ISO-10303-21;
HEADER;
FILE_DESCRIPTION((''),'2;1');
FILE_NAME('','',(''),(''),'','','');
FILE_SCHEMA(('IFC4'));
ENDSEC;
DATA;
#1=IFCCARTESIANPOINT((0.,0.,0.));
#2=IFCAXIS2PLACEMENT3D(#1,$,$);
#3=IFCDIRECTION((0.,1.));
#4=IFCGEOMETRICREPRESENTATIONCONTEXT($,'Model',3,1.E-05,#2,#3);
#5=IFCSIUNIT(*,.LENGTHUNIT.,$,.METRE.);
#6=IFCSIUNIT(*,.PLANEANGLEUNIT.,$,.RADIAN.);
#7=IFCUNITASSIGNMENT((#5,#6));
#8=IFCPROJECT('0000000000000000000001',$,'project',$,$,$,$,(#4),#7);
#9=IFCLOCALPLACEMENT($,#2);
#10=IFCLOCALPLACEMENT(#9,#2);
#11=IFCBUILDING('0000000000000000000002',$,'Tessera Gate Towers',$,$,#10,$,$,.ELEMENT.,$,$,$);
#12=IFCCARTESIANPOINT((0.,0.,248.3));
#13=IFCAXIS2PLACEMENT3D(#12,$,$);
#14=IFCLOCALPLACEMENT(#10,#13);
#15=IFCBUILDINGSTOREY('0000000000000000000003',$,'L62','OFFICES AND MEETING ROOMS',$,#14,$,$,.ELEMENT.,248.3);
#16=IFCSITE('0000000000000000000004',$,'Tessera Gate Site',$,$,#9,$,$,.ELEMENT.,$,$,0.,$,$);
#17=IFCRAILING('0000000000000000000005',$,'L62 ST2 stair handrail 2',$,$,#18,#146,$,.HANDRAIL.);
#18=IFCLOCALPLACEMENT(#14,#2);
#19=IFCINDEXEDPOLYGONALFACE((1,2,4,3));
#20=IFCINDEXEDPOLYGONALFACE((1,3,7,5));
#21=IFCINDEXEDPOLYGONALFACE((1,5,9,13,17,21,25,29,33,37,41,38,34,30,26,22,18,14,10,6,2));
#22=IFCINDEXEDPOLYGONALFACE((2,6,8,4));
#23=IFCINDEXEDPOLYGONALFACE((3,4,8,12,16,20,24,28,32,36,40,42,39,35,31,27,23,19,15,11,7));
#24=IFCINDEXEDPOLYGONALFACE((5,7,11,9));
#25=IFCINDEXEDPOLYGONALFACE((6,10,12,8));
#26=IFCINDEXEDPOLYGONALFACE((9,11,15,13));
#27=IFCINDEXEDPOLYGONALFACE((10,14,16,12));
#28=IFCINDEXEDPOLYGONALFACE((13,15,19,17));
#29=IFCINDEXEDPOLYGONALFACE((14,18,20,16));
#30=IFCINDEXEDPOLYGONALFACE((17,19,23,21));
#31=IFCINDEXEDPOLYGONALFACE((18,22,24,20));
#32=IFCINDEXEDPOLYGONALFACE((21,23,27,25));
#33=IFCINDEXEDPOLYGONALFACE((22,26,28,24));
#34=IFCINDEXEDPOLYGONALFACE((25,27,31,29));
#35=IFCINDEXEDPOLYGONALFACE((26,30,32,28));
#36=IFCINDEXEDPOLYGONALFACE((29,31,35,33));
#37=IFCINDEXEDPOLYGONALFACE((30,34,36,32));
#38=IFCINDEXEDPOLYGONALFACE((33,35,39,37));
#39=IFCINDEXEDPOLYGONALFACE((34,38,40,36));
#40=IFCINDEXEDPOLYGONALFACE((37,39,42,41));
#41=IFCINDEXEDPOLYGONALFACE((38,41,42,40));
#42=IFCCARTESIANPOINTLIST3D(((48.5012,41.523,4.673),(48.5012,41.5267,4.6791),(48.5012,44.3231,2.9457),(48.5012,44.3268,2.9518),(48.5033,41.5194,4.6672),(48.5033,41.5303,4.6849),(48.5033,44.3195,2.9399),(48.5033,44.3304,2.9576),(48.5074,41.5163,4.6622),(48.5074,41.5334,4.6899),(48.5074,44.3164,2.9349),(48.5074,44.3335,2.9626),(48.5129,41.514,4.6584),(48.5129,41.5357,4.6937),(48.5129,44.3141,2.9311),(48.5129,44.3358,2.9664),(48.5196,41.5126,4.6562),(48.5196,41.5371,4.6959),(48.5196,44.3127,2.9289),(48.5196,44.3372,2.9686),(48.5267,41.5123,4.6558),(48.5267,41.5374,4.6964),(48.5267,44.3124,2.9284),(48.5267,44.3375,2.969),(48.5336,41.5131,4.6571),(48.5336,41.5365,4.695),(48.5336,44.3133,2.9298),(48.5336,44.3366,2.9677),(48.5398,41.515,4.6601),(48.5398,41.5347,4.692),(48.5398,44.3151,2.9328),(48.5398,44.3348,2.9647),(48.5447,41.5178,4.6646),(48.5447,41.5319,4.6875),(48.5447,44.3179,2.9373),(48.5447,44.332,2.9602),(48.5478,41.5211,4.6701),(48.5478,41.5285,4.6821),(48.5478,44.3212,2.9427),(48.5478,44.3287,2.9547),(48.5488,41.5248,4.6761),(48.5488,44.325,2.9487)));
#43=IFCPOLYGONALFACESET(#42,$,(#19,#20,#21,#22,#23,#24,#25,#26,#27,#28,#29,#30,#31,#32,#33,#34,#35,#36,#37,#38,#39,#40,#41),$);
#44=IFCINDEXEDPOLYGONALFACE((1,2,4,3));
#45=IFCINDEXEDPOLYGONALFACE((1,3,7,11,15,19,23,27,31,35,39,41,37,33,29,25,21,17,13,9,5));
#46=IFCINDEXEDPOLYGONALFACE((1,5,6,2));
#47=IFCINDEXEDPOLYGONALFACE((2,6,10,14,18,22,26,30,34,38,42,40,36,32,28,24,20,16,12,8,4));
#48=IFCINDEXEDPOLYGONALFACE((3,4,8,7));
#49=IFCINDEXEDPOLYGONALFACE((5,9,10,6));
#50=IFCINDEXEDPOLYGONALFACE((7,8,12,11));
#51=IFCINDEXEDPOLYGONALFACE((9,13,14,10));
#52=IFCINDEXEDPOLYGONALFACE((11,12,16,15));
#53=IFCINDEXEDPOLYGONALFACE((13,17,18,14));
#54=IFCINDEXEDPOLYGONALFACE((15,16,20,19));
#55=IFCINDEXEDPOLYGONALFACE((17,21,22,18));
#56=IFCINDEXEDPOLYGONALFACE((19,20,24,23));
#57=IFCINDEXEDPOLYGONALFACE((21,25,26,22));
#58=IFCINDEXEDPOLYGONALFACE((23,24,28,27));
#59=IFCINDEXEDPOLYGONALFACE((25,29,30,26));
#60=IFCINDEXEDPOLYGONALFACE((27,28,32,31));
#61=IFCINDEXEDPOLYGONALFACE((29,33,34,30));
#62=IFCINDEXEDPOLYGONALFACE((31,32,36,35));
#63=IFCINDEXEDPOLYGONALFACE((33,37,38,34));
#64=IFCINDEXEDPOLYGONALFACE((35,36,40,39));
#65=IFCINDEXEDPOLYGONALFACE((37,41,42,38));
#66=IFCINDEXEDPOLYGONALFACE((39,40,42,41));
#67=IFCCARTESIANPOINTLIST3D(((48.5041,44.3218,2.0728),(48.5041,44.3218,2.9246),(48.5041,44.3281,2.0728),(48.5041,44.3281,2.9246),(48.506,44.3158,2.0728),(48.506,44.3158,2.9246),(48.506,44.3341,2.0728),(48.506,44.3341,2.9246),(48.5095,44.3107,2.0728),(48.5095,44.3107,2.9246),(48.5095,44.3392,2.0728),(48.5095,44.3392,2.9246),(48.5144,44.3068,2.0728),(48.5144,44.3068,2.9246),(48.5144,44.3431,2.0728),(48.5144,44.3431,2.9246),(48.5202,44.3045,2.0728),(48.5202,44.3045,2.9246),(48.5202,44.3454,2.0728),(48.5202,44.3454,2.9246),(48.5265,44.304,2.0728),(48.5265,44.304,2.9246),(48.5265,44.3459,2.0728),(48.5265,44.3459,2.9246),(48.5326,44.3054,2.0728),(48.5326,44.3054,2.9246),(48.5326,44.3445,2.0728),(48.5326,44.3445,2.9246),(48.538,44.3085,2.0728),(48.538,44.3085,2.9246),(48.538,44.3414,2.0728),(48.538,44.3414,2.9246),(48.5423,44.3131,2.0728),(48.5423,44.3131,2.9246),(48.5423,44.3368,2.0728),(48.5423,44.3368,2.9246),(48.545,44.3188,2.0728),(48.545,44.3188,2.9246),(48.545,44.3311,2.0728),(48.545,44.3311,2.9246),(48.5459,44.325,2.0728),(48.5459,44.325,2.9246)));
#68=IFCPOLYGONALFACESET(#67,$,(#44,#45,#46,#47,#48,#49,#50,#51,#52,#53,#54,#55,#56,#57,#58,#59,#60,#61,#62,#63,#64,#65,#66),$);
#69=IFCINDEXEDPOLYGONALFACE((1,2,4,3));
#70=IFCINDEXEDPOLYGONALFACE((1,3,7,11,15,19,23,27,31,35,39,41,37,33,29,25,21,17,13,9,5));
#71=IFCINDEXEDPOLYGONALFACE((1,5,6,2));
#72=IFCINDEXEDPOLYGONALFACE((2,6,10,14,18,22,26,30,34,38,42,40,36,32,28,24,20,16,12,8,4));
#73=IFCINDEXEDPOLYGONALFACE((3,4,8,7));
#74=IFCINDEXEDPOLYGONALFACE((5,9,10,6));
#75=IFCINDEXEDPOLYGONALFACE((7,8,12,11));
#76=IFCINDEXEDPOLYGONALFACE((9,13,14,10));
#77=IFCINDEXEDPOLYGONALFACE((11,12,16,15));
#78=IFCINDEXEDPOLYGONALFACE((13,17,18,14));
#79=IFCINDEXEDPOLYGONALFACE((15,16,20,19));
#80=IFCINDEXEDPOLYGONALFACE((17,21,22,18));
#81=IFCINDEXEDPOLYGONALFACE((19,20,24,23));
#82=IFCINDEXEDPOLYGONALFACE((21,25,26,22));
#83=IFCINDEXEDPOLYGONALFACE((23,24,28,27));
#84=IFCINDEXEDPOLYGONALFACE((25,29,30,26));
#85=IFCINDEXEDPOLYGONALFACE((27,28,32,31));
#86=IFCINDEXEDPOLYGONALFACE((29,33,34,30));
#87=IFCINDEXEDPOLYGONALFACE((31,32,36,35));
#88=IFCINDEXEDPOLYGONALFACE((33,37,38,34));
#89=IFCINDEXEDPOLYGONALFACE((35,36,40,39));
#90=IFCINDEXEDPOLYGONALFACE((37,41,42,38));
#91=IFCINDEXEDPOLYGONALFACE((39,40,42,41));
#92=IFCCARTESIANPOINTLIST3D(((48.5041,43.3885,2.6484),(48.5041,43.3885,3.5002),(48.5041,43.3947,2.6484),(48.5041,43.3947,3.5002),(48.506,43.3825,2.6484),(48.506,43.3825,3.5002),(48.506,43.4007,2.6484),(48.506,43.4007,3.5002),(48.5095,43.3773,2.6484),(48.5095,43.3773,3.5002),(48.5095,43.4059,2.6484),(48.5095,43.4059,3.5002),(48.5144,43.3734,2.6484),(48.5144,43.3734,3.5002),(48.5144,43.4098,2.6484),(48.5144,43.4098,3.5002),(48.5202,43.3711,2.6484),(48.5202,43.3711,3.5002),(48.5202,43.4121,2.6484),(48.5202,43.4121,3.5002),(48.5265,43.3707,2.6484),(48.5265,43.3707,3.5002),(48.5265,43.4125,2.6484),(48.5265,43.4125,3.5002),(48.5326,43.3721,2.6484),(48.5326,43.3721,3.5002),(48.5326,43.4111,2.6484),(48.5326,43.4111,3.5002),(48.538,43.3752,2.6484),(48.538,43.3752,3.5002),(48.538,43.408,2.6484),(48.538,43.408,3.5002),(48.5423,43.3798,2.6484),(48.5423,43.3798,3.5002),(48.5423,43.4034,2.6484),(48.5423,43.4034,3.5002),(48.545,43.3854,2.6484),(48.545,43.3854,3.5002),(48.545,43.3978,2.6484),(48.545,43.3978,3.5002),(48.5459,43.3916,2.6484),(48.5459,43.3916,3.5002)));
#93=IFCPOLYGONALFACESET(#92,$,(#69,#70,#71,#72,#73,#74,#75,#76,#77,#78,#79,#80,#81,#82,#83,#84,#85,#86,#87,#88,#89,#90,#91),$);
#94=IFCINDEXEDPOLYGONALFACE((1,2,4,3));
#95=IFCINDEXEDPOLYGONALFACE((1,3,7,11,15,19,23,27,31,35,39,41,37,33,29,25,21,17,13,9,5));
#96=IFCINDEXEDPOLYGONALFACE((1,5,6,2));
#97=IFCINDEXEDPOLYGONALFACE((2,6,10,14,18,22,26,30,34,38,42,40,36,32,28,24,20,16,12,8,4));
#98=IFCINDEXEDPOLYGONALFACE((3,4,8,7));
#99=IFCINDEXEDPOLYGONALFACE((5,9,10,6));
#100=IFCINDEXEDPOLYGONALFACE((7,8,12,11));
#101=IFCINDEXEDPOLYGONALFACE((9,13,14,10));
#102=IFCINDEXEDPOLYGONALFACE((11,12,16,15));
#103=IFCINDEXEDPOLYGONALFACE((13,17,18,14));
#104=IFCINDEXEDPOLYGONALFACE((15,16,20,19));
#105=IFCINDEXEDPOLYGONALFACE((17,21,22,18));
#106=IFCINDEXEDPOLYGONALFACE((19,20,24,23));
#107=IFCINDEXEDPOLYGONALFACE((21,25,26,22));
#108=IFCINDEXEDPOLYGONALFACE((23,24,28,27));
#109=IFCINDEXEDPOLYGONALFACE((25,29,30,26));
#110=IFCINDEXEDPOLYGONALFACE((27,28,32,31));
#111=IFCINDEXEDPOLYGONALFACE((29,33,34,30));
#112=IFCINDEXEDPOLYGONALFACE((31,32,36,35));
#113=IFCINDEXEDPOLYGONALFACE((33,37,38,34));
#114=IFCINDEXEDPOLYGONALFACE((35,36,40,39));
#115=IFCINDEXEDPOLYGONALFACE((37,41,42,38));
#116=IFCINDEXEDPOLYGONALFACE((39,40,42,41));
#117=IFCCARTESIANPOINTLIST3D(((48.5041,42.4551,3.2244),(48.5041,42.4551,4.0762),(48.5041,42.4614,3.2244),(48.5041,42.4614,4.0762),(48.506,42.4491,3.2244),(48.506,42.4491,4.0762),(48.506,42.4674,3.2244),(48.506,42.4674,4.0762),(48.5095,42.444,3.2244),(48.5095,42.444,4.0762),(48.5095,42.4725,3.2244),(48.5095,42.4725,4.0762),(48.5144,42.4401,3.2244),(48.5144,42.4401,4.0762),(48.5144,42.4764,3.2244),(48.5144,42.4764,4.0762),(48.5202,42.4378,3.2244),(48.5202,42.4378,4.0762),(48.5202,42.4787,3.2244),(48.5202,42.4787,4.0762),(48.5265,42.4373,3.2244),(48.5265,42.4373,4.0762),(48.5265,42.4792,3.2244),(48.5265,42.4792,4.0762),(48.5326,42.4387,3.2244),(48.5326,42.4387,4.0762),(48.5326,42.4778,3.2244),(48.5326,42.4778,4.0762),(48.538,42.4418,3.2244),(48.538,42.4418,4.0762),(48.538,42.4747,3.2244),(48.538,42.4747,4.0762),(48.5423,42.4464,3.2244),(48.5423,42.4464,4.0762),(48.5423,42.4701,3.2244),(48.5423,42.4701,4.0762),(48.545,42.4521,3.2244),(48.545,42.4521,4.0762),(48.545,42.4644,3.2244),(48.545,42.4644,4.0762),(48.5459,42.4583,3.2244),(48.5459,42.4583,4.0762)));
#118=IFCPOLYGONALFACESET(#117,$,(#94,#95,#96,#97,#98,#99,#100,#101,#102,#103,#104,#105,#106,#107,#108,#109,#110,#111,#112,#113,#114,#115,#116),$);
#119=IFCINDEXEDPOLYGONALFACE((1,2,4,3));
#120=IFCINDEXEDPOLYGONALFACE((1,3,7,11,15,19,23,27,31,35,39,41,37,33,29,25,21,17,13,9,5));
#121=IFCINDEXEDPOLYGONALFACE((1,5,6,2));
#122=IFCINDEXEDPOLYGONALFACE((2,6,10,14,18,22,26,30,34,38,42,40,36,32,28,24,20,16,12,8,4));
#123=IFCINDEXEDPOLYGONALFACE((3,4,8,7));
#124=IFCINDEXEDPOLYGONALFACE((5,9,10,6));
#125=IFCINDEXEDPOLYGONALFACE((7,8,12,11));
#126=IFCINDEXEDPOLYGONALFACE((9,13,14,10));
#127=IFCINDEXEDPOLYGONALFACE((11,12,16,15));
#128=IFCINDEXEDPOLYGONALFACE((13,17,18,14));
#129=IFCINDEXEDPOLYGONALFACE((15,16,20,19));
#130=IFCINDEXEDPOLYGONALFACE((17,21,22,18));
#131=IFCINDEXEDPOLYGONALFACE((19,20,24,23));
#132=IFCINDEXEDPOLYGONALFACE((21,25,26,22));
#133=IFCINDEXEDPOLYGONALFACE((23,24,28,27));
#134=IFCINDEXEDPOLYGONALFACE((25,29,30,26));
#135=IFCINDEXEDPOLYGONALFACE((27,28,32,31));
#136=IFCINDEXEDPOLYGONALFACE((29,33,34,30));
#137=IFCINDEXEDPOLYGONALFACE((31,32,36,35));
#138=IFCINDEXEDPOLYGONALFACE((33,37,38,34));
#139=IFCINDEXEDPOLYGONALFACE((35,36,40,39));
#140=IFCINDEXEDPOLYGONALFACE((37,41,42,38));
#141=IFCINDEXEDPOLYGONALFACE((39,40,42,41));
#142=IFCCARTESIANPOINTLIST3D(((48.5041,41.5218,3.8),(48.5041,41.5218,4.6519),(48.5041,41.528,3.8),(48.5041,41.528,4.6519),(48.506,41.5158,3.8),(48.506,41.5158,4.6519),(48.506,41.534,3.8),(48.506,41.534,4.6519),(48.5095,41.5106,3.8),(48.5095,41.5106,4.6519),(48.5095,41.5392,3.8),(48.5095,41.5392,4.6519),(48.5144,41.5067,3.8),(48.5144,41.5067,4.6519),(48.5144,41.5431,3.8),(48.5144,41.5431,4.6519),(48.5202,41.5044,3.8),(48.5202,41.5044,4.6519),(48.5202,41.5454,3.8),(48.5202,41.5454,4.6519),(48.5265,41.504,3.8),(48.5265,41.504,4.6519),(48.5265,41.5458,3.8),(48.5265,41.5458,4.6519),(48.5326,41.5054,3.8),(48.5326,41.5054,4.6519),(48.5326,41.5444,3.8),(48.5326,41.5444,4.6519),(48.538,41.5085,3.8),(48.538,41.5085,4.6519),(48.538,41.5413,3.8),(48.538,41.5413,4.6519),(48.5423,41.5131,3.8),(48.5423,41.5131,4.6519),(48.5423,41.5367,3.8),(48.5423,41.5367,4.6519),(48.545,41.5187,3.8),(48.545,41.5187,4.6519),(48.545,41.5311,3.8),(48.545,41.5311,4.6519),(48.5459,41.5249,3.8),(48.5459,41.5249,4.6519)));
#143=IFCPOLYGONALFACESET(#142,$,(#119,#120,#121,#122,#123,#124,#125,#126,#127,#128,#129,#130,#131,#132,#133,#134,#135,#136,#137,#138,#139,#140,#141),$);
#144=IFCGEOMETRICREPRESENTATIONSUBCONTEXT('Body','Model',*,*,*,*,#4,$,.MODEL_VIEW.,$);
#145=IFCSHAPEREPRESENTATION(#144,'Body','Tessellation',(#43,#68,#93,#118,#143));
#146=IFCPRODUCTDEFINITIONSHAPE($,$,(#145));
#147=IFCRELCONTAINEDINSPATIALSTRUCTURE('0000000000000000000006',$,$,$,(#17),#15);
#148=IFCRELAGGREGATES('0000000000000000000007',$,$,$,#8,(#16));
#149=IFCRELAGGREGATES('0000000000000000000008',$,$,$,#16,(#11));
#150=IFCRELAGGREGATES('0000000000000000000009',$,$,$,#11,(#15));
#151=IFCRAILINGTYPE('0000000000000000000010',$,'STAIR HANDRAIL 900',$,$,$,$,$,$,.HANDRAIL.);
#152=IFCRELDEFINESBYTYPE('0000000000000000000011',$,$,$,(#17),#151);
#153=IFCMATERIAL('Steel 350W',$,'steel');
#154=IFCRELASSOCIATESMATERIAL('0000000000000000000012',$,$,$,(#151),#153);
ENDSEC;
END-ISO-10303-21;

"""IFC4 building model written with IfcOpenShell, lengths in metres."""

from ifc_helpers import new_model, si_unit, direction, frame, origin, origin_2d, place, context, subcontext, project, spatial, circle, extrude, material, type_object, element, save


model = new_model("IFC4")

# Units and contexts
model_context = context("Model", 3, precision=1e-05, world=origin(), true_north=direction((0.0, 1.0)))
body_context = subcontext(model_context, "Body", "Model", "MODEL_VIEW")
ifc_project = project(units=[si_unit("LENGTHUNIT", "METRE"), si_unit("PLANEANGLEUNIT", "RADIAN")], contexts=[model_context])

# Site, building, storey
site_placement = place(None, origin())
site = spatial("IfcSite", under=ifc_project, at=site_placement, Name="Tessera Gate Site", CompositionType="ELEMENT", RefElevation=0.0)
building_placement = place(site_placement, origin())
building = spatial("IfcBuilding", under=site, at=building_placement, Name="Tessera Gate Towers", CompositionType="ELEMENT")
storey_placement = place(building_placement, frame((0.0, 0.0, 248.3)))
storey = spatial("IfcBuildingStorey", under=building, at=storey_placement, Name="L62", Description="OFFICES AND MEETING ROOMS", CompositionType="ELEMENT", Elevation=248.3)

# Railing
ifc_material_1 = material(Name="Steel 350W", Category="steel")
railing_type_1 = type_object("IfcRailingType", Name="STAIR HANDRAIL 900", PredefinedType="HANDRAIL", material=ifc_material_1)
railing_1_placement = place(storey_placement, frame((48.5249, 44.325, 2.0728)))
element("IfcRailing", 1, at=railing_1_placement, inside=storey, type_object=railing_type_1, Name="L62 ST2 stair handrail 2", PredefinedType="HANDRAIL", context=body_context, shape_type="SweptSolid", body=[
    extrude(circle(Radius=0.0239, at=origin_2d()), frame((0.0, 0.0, 0.876), z_axis=(0.0, -0.85109, 0.52502), x_axis=(1.0, 0.0, 0.0)), (0.0, 0.0, 1.0), 3.29),
    extrude(circle(Radius=0.021, at=origin_2d()), origin(), (0.0, 0.0, 1.0), 0.8518),
    extrude(circle(Radius=0.021, at=origin_2d()), frame((0.0, -0.9333, 0.5757)), (0.0, 0.0, 1.0), 0.8518),
    extrude(circle(Radius=0.021, at=origin_2d()), frame((0.0, -1.8667, 1.1516)), (0.0, 0.0, 1.0), 0.8518),
    extrude(circle(Radius=0.021, at=origin_2d()), frame((0.0, -2.8, 1.7273)), (0.0, 0.0, 1.0), 0.8518),
])

save(model, "model.ifc")
